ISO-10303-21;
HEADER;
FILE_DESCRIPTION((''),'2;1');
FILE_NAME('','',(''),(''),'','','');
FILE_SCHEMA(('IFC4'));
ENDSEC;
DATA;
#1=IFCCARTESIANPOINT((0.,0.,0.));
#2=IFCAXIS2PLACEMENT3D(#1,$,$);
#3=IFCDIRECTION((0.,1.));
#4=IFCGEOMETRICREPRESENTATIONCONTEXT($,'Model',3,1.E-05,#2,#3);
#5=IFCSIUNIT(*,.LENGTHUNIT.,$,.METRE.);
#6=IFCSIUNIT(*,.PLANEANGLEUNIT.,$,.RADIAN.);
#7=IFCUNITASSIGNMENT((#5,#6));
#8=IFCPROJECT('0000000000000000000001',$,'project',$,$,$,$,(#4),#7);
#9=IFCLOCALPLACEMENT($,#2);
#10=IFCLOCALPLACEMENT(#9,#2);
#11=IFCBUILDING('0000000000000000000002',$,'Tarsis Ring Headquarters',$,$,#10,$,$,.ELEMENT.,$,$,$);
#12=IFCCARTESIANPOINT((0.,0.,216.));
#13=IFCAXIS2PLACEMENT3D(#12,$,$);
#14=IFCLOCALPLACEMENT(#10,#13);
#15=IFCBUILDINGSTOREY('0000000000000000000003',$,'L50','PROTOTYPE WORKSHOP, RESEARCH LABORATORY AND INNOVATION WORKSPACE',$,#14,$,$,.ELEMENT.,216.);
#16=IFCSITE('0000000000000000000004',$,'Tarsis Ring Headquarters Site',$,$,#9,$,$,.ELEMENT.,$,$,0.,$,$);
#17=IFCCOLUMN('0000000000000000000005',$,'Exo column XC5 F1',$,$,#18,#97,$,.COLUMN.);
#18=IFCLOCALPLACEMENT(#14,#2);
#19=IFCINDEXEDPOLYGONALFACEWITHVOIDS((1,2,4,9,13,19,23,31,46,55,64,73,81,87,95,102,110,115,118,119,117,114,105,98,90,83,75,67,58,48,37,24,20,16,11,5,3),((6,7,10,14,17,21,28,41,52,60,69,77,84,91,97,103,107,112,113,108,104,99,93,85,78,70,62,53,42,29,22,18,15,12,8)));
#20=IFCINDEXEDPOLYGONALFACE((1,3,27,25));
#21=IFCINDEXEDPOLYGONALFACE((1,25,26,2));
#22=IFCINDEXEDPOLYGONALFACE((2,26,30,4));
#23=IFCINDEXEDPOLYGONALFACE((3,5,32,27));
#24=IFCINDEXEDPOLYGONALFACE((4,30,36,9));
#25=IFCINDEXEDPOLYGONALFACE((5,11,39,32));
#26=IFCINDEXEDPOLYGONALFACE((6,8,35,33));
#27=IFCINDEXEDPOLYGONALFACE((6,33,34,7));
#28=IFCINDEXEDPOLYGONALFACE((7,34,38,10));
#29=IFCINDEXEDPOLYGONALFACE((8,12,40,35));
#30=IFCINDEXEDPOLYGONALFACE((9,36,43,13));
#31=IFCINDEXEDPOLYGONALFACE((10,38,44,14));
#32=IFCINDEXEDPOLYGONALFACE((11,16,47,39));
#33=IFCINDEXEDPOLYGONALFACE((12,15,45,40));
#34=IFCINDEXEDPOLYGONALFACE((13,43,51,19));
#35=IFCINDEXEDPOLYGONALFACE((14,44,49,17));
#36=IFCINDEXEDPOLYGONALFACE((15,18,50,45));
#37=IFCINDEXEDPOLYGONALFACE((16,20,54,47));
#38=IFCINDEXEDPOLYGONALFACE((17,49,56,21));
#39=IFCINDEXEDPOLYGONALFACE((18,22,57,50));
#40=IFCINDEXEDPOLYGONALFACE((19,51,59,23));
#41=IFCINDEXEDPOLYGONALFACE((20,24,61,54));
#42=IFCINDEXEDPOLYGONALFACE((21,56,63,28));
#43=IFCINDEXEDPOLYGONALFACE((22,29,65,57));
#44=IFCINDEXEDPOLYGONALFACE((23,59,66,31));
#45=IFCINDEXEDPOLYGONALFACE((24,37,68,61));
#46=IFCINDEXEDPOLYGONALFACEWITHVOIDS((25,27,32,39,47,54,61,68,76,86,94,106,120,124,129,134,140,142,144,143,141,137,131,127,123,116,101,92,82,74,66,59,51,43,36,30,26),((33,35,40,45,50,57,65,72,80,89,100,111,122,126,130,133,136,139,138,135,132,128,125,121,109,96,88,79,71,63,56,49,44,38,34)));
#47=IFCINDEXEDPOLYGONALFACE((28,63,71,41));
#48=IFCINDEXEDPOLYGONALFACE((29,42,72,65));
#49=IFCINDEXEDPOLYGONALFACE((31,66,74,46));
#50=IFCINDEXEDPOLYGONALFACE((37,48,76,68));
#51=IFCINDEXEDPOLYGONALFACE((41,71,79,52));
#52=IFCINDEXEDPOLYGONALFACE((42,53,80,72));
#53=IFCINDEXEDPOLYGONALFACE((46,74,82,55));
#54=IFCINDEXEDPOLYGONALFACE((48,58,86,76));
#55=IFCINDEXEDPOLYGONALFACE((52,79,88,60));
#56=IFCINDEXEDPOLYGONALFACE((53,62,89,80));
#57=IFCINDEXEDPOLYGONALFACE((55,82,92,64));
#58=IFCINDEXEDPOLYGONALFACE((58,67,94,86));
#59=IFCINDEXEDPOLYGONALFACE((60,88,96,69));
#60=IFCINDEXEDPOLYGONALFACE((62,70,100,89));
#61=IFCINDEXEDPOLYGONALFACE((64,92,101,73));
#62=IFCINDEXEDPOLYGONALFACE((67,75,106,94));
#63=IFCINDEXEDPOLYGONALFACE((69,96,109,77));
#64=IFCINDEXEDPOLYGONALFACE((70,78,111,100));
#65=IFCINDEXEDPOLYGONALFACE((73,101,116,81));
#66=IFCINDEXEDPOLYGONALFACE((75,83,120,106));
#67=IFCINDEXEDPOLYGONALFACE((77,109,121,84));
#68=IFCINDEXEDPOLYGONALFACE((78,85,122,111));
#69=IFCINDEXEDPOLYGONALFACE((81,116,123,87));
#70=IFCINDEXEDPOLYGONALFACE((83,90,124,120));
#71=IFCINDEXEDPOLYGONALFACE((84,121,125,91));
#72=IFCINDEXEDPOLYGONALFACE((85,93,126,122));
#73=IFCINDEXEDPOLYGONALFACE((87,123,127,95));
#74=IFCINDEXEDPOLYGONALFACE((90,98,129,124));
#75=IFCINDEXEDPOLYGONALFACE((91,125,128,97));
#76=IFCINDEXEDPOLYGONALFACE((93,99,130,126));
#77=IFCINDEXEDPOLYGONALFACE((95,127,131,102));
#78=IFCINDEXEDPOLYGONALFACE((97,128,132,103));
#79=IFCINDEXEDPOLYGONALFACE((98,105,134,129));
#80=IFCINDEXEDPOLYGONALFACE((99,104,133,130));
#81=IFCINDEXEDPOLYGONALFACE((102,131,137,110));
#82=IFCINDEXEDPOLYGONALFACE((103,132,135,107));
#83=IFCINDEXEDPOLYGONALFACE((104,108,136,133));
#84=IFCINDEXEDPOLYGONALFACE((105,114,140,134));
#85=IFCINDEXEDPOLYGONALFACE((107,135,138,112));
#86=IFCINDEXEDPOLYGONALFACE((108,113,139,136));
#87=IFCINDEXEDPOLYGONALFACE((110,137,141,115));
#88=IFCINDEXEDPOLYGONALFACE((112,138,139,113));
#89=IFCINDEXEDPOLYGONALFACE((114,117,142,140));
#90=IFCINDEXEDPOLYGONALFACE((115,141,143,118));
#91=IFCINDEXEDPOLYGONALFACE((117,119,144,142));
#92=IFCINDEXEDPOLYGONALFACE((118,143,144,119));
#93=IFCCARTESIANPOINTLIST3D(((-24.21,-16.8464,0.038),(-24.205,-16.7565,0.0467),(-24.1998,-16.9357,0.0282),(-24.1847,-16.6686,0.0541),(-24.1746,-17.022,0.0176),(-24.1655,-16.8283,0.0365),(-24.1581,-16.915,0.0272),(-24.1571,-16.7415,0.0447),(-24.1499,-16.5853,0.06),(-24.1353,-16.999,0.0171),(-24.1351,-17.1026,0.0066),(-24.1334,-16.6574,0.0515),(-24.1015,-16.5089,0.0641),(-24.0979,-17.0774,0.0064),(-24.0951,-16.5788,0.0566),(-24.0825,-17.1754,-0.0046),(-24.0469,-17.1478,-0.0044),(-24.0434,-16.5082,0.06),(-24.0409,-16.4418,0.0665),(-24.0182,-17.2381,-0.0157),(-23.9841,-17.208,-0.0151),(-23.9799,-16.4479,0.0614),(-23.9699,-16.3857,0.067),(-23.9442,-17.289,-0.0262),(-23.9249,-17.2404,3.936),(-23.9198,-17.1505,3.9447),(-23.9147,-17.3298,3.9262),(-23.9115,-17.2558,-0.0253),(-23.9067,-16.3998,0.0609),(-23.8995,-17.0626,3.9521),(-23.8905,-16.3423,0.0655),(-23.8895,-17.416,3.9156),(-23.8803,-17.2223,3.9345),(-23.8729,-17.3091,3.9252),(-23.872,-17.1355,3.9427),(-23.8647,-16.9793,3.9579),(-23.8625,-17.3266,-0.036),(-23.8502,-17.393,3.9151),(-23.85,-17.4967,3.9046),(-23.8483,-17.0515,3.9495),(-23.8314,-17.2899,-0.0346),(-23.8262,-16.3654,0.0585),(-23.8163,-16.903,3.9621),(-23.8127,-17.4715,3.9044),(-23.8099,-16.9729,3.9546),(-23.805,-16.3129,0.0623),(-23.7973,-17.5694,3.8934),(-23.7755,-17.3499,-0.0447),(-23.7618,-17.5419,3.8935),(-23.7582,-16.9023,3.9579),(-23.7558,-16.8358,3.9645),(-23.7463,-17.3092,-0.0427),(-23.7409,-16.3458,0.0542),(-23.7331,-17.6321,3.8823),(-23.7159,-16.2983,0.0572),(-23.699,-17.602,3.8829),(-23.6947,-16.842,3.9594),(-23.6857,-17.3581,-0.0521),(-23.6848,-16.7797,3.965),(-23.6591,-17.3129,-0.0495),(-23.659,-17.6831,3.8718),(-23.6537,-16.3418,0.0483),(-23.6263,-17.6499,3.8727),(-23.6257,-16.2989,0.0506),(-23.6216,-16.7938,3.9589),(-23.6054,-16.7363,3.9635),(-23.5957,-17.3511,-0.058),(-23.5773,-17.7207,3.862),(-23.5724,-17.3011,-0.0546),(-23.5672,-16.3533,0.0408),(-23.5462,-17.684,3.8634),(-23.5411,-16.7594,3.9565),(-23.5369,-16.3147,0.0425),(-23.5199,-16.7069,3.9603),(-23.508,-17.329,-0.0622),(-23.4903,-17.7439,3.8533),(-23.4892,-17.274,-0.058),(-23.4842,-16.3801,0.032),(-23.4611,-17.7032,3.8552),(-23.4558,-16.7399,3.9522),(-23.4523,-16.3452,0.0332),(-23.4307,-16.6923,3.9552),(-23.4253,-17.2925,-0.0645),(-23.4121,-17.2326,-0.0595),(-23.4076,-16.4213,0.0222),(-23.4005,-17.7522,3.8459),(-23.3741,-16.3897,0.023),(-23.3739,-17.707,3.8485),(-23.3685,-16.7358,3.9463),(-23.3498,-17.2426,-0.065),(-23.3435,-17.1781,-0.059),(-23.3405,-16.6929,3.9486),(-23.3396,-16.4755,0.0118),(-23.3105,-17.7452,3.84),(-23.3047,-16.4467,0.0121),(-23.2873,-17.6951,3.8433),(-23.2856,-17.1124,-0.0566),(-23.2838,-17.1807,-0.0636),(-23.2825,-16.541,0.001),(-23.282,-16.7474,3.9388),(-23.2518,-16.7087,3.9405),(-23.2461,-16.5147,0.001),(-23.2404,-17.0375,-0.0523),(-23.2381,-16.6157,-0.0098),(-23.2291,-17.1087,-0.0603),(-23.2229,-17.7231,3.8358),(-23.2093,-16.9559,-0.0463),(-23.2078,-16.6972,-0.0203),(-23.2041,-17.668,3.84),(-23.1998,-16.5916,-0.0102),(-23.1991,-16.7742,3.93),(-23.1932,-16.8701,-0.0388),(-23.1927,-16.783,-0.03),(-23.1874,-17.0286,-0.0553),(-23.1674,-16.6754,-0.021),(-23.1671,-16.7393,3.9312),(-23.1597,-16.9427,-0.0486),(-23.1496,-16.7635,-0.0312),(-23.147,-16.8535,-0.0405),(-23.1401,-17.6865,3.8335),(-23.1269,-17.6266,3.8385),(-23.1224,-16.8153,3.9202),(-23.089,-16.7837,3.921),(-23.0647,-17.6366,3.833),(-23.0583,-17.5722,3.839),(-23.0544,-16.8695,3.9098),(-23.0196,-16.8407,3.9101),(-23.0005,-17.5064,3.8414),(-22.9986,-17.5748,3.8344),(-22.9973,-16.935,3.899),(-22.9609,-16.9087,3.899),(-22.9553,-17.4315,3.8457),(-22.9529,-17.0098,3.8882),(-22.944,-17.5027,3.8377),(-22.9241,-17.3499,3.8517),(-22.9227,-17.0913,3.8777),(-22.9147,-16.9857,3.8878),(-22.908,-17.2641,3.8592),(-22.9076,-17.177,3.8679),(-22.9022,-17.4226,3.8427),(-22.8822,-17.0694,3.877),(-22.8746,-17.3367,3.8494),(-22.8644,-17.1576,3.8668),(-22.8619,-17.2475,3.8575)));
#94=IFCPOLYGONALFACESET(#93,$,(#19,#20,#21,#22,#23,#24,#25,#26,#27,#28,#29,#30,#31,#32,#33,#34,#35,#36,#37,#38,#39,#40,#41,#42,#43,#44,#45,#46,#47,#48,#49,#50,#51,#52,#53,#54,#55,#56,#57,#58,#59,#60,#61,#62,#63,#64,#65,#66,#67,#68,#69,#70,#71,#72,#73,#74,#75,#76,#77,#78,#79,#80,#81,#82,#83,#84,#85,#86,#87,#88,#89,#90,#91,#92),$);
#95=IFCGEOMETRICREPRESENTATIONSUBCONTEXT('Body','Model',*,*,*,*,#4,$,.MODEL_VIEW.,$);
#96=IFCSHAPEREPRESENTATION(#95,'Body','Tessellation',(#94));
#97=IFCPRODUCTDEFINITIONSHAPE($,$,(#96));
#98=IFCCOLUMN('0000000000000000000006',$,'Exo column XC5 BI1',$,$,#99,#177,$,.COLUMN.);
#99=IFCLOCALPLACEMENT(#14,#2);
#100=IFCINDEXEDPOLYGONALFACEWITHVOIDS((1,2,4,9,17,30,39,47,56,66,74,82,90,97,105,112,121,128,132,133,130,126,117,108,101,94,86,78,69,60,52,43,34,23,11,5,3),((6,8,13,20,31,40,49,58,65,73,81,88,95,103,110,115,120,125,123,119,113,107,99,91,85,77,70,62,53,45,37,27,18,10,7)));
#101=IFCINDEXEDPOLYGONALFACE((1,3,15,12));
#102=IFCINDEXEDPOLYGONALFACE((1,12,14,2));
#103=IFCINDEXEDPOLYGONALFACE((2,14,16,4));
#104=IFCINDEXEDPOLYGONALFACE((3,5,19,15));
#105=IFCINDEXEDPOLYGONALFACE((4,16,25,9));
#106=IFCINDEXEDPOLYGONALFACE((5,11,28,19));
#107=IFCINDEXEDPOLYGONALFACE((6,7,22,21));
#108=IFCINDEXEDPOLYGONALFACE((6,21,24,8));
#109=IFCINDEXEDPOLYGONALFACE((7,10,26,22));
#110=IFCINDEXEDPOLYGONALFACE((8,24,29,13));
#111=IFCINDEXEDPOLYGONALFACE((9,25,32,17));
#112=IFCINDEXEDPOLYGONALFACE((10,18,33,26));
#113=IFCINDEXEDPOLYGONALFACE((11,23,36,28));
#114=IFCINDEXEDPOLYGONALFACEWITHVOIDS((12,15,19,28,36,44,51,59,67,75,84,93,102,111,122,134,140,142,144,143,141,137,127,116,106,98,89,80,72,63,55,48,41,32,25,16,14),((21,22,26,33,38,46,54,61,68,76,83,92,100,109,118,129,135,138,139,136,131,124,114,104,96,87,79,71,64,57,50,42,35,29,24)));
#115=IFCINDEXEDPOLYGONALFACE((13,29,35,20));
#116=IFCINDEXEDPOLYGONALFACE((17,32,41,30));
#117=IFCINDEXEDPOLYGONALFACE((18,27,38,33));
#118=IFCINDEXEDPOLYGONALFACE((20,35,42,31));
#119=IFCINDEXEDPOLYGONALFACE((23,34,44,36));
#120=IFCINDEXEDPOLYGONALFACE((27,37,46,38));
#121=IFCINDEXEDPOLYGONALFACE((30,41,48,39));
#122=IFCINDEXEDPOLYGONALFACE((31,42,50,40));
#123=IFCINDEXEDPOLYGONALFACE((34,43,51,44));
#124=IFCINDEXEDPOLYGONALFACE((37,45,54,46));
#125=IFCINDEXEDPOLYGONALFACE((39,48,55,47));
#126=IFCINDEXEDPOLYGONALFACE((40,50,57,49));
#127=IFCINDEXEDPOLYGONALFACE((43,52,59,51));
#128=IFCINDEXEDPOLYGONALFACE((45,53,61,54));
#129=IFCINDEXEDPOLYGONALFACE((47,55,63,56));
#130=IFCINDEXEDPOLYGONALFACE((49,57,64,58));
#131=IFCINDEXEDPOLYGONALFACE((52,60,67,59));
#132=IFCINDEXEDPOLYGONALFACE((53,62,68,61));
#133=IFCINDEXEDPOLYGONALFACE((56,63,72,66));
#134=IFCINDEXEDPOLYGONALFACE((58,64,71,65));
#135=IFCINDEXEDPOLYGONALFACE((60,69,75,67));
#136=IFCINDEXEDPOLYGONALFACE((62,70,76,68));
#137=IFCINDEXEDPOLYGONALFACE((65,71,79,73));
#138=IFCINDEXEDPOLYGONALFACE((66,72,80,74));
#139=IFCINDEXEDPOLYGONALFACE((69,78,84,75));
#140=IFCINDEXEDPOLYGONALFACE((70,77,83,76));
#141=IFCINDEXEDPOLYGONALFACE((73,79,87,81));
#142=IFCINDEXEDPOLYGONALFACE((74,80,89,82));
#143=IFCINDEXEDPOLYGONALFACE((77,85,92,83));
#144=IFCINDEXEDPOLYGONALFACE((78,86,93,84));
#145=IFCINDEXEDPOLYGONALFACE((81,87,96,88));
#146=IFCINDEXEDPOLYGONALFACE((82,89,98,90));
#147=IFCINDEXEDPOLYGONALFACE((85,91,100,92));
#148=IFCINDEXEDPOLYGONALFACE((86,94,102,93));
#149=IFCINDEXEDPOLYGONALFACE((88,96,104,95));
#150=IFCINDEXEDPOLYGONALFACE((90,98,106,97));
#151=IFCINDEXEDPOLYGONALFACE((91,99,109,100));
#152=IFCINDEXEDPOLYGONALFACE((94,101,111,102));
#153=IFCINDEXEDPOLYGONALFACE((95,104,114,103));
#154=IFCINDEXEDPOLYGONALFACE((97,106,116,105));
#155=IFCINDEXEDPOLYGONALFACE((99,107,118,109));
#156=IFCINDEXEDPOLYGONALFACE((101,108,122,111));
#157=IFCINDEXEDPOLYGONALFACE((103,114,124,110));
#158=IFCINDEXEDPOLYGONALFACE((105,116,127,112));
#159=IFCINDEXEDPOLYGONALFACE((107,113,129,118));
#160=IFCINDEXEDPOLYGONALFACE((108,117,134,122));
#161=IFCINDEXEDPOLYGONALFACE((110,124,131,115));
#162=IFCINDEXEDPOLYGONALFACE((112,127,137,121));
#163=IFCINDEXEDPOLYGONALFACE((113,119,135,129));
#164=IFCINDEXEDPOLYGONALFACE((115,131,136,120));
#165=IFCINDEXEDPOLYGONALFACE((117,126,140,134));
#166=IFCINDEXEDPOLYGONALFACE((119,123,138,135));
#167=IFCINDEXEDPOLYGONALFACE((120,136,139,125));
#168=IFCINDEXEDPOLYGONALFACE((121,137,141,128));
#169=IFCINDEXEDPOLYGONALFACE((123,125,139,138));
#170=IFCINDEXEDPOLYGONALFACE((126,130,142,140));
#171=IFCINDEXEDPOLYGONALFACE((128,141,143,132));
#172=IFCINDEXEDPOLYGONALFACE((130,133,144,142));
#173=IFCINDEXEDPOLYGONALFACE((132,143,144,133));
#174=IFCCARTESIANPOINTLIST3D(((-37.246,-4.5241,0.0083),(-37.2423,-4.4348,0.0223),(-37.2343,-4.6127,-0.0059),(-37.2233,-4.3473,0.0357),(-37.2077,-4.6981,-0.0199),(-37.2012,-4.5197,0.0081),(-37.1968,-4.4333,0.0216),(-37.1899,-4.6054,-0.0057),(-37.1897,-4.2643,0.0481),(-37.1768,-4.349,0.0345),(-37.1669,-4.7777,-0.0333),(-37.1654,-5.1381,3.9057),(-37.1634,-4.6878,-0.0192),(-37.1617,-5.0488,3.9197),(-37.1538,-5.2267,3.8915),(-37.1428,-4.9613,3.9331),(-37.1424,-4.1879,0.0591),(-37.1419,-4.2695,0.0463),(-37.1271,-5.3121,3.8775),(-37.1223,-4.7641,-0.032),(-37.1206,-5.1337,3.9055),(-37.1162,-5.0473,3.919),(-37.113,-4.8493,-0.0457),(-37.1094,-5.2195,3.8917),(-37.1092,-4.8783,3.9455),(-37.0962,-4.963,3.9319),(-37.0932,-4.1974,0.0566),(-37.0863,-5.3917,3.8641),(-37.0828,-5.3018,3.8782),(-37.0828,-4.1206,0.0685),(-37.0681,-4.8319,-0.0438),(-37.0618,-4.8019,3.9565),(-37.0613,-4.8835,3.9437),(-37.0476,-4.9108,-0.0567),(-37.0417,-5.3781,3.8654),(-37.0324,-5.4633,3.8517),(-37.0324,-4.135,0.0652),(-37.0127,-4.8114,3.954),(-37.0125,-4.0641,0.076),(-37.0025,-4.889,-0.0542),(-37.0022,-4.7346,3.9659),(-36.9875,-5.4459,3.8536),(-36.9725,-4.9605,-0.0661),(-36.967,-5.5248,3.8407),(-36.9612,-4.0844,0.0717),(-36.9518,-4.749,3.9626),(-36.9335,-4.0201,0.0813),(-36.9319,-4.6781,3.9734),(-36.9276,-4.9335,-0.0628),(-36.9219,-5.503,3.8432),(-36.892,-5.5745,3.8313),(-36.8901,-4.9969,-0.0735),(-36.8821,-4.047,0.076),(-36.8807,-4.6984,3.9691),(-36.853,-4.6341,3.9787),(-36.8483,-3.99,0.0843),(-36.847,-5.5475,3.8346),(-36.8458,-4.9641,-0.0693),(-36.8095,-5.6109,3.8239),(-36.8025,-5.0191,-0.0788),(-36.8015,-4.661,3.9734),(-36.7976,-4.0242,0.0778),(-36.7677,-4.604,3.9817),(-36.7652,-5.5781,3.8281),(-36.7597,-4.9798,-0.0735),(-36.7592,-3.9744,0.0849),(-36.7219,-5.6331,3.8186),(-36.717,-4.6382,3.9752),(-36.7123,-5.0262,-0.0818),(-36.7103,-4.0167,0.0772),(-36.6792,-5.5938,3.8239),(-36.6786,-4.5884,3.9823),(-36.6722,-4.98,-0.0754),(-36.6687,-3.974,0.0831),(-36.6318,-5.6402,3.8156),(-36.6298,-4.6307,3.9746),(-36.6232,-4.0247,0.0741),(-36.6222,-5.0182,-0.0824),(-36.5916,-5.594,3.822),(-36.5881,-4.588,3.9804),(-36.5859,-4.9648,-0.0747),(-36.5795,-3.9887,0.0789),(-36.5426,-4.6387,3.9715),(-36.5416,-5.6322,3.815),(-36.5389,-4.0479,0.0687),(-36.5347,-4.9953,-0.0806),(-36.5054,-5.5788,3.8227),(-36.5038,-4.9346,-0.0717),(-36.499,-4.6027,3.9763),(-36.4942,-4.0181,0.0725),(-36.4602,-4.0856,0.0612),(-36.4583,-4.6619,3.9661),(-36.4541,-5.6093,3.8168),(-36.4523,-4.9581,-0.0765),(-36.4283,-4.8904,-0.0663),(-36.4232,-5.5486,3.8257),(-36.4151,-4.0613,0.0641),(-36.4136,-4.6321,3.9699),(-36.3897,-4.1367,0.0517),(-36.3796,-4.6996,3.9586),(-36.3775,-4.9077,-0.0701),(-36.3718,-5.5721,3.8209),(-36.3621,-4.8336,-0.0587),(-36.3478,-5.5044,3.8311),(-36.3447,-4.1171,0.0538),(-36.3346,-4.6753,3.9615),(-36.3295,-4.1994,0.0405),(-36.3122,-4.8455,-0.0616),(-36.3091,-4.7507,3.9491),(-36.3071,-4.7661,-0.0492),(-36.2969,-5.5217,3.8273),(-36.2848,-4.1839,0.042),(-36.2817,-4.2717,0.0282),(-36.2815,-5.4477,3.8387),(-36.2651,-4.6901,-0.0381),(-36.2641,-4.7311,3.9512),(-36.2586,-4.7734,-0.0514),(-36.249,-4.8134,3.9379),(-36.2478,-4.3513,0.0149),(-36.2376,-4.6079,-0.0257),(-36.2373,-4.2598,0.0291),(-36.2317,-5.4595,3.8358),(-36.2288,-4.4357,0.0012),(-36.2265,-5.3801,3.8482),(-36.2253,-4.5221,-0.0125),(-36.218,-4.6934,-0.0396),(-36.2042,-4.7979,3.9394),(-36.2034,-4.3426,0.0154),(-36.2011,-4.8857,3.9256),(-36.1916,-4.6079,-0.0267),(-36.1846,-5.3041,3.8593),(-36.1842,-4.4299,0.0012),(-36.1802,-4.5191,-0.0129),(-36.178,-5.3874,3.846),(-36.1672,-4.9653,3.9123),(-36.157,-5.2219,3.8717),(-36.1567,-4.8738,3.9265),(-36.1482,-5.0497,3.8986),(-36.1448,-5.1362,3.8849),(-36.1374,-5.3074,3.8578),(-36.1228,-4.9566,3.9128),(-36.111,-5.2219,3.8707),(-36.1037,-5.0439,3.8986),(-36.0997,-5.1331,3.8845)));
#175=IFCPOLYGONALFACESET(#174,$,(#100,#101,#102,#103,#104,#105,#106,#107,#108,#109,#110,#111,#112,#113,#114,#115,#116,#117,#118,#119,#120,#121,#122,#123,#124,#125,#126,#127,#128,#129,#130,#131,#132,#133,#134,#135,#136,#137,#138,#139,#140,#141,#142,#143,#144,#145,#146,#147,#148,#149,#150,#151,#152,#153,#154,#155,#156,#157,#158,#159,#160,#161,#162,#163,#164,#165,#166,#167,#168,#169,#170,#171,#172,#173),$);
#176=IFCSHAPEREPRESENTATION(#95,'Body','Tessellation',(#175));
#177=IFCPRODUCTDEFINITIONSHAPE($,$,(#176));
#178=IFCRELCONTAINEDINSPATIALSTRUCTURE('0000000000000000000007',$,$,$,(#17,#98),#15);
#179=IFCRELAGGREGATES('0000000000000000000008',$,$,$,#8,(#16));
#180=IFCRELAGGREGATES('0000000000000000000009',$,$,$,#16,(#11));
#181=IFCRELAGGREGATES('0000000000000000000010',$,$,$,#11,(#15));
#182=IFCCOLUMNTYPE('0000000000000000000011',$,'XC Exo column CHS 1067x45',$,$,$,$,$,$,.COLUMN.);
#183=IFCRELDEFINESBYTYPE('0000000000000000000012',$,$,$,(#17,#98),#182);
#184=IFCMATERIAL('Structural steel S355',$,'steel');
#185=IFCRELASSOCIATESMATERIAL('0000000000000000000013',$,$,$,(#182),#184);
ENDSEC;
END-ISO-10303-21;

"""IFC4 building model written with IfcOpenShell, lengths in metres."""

from ifc_helpers import new_model, si_unit, direction, frame, origin, origin_2d, place, context, subcontext, project, spatial, hollow_circle, extrude, material, material_profile, profile_set, type_object, element, save


model = new_model("IFC4")

# Units and contexts
model_context = context("Model", 3, precision=1e-05, world=origin(), true_north=direction((0.0, 1.0)))
body_context = subcontext(model_context, "Body", "Model", "MODEL_VIEW")
ifc_project = project(units=[si_unit("LENGTHUNIT", "METRE"), si_unit("PLANEANGLEUNIT", "RADIAN")], contexts=[model_context])

# Site, building, storey
site_placement = place(None, origin())
site = spatial("IfcSite", under=ifc_project, at=site_placement, Name="Tarsis Ring Headquarters Site", CompositionType="ELEMENT", RefElevation=0.0)
building_placement = place(site_placement, origin())
building = spatial("IfcBuilding", under=site, at=building_placement, Name="Tarsis Ring Headquarters", CompositionType="ELEMENT")
storey_placement = place(building_placement, frame((0.0, 0.0, 216.0)))
storey = spatial("IfcBuildingStorey", under=building, at=storey_placement, Name="L50", Description="PROTOTYPE WORKSHOP, RESEARCH LABORATORY AND INNOVATION WORKSPACE", CompositionType="ELEMENT", Elevation=216.0)

# Columns
ifc_material_1 = material(Name="Structural steel S355", Category="steel")
ifc_material_profile_1 = material_profile(ifc_material_1, hollow_circle(Radius=0.5334, WallThickness=0.0449, at=origin_2d()), Name="CHS 1067x45")
ifc_profile_set_1 = profile_set([ifc_material_profile_1], Name="Structural steel S355")
column_type = type_object("IfcColumnType", Name="XC Exo column CHS 1067x45", PredefinedType="COLUMN", material=ifc_profile_set_1)
column_1_placement = place(storey_placement, frame((-23.6782, -16.8274, 0.001), z_axis=(0.072592, -0.100312, 0.992304), x_axis=(0.810123, 0.58626, 0.0)))
element("IfcColumn", 1, at=column_1_placement, inside=storey, type_object=column_type, Name="Exo column XC5 F1", PredefinedType="COLUMN", context=body_context, shape_type="SweptSolid", body=[
    extrude(hollow_circle(Radius=0.5334, WallThickness=0.0449, at=origin_2d()), origin(), (0.0, 0.0, 1.0), 3.9282),
])
column_2_placement = place(storey_placement, frame((-36.7131, -4.4993, 0.0012), z_axis=(0.020415, -0.15559, 0.987611), x_axis=(0.991501, 0.130098, 0.0)))
element("IfcColumn", 2, at=column_2_placement, inside=storey, type_object=column_type, Name="Exo column XC5 BI1", PredefinedType="COLUMN", context=body_context, shape_type="SweptSolid", body=[
    extrude(hollow_circle(Radius=0.5334, WallThickness=0.0449, at=origin_2d()), origin(), (0.0, 0.0, 1.0), 3.9463),
])

save(model, "model.ifc")
